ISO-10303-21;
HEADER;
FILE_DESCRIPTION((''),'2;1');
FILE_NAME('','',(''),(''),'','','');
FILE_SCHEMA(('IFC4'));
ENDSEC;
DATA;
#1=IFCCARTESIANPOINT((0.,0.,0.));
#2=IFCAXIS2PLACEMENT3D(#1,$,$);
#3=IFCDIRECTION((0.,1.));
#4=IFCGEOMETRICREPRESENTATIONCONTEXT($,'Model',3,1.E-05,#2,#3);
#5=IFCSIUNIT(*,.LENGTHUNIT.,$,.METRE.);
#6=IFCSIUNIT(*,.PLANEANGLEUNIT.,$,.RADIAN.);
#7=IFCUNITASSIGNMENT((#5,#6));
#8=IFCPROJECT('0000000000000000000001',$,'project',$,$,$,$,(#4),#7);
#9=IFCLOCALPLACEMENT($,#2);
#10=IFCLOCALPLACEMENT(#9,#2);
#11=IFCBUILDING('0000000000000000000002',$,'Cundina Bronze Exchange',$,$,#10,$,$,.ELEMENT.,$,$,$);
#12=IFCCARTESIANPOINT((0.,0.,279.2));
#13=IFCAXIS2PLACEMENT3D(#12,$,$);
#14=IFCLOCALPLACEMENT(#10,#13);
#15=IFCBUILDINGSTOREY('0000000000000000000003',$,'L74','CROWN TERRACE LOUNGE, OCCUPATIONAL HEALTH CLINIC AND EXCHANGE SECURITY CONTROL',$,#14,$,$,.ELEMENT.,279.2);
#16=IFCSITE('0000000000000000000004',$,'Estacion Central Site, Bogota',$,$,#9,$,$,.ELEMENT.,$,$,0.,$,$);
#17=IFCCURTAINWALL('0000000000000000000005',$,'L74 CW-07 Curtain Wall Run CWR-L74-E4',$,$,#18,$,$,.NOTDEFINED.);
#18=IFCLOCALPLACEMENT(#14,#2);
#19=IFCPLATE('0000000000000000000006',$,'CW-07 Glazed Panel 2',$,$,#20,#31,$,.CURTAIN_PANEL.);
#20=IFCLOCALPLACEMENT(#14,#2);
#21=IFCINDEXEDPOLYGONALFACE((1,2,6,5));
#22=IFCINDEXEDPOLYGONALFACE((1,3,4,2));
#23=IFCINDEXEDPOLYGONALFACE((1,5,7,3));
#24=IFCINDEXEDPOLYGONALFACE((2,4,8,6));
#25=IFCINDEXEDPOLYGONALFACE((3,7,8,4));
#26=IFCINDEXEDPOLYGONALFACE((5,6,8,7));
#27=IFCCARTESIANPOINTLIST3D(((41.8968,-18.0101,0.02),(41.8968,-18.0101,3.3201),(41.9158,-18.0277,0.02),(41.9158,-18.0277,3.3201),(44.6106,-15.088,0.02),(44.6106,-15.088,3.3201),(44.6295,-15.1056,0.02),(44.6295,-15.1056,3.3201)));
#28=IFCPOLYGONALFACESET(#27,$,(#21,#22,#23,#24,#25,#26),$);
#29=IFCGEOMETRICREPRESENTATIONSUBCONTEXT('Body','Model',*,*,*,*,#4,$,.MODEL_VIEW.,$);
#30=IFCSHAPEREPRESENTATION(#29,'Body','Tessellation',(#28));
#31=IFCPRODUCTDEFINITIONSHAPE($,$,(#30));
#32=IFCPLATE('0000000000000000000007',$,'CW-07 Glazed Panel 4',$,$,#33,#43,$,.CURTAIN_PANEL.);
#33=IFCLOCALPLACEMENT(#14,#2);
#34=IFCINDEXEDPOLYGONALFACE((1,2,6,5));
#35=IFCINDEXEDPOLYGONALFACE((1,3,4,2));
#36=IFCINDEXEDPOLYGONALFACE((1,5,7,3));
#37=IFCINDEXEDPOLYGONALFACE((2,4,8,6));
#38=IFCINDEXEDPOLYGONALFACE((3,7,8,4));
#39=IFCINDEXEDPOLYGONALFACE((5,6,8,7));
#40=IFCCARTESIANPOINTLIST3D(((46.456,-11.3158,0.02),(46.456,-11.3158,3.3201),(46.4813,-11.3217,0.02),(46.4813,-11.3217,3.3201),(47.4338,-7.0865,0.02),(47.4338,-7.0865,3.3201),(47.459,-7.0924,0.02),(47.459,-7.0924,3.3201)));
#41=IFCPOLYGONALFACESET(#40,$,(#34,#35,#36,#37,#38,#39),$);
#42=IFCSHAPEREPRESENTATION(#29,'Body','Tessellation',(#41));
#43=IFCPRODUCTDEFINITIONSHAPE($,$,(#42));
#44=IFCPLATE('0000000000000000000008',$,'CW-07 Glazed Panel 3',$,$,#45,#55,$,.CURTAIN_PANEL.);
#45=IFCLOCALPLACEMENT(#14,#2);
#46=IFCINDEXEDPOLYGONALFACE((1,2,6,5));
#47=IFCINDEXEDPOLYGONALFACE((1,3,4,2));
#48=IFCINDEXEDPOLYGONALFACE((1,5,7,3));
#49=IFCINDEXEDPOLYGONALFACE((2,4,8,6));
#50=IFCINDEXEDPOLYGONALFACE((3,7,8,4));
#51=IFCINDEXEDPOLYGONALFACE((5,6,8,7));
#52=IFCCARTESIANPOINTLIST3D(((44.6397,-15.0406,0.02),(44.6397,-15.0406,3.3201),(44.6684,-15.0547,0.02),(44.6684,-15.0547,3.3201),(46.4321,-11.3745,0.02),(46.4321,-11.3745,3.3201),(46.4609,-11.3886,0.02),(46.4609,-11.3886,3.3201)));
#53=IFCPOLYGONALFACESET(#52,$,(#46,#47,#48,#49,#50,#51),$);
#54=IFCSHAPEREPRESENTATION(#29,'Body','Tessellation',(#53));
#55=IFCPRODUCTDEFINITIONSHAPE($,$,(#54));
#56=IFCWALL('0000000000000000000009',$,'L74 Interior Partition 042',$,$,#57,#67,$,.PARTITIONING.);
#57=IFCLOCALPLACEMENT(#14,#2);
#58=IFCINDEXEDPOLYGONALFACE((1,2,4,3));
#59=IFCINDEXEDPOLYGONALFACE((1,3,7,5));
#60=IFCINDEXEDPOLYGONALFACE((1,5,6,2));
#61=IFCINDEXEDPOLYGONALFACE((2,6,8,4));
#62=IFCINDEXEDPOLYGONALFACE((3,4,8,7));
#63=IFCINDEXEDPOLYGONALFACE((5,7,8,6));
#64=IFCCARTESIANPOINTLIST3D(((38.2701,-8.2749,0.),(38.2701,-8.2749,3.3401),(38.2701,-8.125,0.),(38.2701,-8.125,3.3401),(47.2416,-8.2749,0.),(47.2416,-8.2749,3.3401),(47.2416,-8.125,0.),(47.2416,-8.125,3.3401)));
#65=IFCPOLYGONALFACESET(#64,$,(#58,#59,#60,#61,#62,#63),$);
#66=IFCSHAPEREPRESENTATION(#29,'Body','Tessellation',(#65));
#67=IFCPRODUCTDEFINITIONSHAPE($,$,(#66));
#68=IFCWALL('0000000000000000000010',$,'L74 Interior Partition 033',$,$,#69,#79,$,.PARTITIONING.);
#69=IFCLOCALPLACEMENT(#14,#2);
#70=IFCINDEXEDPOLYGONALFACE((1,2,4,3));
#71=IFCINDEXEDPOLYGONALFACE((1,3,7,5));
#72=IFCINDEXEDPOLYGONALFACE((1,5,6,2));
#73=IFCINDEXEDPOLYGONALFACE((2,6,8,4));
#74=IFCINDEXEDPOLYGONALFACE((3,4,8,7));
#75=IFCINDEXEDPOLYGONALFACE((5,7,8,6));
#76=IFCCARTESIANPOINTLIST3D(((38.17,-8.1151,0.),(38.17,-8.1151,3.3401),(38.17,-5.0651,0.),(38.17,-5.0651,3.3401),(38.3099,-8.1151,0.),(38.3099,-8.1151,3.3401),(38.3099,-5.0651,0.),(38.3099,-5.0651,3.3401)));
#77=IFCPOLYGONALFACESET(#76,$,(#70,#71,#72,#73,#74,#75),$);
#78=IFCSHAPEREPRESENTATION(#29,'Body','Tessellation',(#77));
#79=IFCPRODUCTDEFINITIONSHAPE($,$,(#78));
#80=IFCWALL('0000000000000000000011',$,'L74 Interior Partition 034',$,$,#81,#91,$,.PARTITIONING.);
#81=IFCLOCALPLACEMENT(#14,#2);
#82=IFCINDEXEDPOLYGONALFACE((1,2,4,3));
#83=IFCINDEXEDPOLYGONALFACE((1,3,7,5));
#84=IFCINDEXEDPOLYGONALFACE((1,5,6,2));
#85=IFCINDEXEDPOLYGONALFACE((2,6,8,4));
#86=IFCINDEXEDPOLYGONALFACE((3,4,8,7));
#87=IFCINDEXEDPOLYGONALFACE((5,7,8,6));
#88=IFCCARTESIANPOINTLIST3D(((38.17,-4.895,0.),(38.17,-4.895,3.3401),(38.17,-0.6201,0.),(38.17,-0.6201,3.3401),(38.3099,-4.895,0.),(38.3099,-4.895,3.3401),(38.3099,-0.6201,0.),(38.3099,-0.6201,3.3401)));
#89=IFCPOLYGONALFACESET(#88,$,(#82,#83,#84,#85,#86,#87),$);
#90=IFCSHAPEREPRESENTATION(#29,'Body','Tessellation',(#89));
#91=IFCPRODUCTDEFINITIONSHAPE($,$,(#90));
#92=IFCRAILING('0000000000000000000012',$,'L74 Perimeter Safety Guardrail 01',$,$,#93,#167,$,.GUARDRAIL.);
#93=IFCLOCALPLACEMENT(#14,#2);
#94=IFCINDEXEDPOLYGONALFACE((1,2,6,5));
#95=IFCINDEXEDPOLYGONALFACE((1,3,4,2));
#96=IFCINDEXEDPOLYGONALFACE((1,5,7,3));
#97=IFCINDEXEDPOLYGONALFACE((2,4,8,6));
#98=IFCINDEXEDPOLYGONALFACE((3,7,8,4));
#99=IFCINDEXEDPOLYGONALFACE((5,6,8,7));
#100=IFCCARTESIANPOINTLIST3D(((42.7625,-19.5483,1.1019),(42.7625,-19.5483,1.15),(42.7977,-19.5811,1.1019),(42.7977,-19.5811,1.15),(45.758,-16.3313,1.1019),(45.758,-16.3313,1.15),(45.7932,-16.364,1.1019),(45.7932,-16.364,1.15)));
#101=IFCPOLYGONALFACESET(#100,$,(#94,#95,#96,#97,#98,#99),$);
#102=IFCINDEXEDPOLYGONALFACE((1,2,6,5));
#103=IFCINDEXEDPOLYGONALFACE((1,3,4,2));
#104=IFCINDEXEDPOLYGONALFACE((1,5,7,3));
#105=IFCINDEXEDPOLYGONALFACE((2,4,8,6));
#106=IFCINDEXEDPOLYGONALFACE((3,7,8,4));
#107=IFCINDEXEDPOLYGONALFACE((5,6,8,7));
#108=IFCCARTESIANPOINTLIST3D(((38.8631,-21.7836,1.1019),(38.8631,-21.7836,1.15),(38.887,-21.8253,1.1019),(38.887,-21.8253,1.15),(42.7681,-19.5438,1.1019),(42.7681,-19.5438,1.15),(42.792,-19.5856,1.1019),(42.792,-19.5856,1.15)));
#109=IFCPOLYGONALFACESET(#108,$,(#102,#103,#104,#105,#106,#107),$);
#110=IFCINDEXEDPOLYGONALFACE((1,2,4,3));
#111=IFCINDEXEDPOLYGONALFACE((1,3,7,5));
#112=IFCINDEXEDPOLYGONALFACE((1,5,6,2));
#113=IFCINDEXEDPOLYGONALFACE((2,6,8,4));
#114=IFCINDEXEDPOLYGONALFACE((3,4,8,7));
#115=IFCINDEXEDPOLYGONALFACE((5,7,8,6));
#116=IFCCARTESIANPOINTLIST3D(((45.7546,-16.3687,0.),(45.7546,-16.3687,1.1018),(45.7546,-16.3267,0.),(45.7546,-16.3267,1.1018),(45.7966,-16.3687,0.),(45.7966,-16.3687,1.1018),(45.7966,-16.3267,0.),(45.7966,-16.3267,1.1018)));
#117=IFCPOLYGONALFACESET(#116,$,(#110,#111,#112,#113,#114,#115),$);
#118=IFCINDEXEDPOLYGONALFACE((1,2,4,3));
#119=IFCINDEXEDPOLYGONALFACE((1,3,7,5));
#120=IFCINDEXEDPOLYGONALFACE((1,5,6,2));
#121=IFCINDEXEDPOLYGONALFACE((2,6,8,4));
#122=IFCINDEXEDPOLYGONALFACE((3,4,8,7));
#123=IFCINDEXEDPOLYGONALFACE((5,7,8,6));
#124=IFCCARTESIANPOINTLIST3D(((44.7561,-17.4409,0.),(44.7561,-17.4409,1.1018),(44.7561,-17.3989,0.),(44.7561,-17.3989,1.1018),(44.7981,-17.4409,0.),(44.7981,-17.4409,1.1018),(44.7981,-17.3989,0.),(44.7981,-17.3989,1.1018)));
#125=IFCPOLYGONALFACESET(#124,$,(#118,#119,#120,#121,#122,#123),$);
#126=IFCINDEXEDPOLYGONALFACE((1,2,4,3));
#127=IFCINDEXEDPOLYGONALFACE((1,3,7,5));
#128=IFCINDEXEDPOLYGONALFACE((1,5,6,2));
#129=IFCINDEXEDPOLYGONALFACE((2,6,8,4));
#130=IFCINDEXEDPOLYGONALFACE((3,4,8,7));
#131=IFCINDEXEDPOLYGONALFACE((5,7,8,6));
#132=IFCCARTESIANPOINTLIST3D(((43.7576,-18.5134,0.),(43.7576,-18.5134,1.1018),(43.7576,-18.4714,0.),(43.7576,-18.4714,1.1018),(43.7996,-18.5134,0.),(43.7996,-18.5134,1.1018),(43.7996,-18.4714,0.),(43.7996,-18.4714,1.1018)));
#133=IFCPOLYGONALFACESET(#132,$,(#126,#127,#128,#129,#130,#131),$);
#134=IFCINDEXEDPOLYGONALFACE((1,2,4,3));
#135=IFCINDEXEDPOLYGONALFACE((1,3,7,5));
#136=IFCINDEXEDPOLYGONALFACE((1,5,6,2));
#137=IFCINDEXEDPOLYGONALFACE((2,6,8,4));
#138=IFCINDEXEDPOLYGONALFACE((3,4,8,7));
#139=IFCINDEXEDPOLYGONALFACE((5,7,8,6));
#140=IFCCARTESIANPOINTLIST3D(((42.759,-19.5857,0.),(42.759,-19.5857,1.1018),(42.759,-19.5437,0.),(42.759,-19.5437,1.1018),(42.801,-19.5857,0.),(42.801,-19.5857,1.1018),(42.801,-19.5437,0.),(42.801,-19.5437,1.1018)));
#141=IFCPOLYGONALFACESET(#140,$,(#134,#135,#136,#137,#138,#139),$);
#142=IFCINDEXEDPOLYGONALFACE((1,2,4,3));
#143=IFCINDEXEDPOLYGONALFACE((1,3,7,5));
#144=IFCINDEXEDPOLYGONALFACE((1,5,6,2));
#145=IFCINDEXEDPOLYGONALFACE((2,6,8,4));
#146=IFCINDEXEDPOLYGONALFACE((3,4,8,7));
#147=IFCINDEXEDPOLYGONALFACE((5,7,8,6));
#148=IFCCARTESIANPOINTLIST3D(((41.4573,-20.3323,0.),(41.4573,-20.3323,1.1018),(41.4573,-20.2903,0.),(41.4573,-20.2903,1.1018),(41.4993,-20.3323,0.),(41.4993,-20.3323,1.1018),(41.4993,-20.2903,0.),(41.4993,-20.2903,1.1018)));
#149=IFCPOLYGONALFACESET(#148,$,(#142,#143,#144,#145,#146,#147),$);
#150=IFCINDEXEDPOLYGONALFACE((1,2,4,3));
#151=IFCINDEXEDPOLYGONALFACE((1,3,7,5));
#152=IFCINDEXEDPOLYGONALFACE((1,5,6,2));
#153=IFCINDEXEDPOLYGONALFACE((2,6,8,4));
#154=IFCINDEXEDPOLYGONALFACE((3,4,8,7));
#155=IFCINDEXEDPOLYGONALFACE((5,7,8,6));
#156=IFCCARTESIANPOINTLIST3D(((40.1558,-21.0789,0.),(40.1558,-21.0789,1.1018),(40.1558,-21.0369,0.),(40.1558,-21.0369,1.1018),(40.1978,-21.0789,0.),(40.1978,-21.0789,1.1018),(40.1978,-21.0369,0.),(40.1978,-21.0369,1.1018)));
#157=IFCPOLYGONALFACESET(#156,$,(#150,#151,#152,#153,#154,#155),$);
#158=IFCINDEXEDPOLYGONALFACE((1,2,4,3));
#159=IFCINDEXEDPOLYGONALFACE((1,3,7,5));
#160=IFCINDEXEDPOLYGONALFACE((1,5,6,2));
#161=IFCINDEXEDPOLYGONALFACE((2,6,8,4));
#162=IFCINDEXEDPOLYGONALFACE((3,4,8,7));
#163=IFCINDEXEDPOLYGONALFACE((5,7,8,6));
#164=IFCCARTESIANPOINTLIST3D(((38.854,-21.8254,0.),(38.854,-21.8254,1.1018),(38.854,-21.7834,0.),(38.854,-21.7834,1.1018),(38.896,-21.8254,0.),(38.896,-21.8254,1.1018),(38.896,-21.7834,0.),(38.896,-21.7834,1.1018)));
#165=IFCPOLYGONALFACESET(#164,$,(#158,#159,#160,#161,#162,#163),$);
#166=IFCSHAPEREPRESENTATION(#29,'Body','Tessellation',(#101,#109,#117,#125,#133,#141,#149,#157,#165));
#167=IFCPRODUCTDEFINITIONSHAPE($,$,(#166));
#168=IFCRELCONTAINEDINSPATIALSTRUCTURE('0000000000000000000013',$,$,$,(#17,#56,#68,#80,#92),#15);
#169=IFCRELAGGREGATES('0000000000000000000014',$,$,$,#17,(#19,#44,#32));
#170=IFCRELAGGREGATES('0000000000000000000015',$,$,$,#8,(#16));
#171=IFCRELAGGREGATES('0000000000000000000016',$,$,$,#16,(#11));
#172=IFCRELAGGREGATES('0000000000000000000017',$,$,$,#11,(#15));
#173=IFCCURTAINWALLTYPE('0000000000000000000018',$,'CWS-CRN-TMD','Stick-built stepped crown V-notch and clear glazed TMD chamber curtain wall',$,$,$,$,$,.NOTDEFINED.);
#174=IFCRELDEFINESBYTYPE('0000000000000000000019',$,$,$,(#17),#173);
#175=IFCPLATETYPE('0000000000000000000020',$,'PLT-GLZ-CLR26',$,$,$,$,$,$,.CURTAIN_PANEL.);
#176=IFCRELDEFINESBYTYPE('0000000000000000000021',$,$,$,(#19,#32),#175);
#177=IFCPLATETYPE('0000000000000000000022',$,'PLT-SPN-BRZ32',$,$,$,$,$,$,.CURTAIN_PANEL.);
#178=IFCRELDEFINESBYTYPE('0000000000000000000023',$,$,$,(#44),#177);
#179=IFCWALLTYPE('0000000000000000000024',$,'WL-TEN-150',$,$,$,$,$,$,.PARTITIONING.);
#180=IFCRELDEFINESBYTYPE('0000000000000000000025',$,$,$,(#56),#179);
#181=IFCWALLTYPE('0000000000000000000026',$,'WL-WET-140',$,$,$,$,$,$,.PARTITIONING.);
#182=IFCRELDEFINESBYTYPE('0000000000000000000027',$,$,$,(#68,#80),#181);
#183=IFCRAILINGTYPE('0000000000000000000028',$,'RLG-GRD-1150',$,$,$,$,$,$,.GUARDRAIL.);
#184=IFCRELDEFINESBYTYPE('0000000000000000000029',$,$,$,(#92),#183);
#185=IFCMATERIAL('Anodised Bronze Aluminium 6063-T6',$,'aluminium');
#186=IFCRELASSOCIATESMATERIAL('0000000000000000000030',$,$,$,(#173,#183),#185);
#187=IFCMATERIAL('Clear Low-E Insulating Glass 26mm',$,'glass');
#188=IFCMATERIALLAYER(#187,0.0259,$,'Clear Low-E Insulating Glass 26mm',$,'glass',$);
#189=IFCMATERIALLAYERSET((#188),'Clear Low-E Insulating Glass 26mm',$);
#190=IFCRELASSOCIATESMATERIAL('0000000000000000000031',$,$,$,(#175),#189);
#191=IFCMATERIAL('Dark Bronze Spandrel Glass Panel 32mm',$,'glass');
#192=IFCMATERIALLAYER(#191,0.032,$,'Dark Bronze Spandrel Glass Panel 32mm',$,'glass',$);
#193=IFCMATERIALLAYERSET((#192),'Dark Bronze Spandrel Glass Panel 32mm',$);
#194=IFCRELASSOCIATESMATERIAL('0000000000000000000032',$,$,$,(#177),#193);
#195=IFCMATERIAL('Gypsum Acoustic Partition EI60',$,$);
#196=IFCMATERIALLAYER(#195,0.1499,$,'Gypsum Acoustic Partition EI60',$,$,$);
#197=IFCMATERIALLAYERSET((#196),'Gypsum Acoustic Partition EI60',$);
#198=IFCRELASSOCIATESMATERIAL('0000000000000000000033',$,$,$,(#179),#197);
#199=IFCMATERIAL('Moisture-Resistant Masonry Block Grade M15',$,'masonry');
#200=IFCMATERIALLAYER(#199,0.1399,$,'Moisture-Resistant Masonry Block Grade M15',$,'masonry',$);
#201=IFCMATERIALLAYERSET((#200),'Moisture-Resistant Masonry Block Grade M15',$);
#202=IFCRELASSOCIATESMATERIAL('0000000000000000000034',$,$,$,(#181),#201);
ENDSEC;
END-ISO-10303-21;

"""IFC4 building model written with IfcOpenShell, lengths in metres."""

from ifc_helpers import new_model, si_unit, direction, frame, frame_2d, origin, origin_2d, place, context, subcontext, project, spatial, rectangle, extrude, material, layer, layer_set, type_object, element, aggregate, save


model = new_model("IFC4")

# Units and contexts
model_context = context("Model", 3, precision=1e-05, world=origin(), true_north=direction((0.0, 1.0)))
body_context = subcontext(model_context, "Body", "Model", "MODEL_VIEW")
ifc_project = project(units=[si_unit("LENGTHUNIT", "METRE"), si_unit("PLANEANGLEUNIT", "RADIAN")], contexts=[model_context])

# Site, building, storey
site_placement = place(None, origin())
site = spatial("IfcSite", under=ifc_project, at=site_placement, Name="Estacion Central Site, Bogota", CompositionType="ELEMENT", RefElevation=0.0)
building_placement = place(site_placement, origin())
building = spatial("IfcBuilding", under=site, at=building_placement, Name="Cundina Bronze Exchange", CompositionType="ELEMENT")
storey_placement = place(building_placement, frame((0.0, 0.0, 279.2)))
storey = spatial("IfcBuildingStorey", under=building, at=storey_placement, Name="L74", Description="CROWN TERRACE LOUNGE, OCCUPATIONAL HEALTH CLINIC AND EXCHANGE SECURITY CONTROL", CompositionType="ELEMENT", Elevation=279.2)

# Curtain wall, plates
ifc_material_1 = material(Name="Anodised Bronze Aluminium 6063-T6", Category="aluminium")
curtain_wall_type = type_object("IfcCurtainWallType", Name="CWS-CRN-TMD", Description="Stick-built stepped crown V-notch and clear glazed TMD chamber curtain wall", PredefinedType="NOTDEFINED", material=ifc_material_1)
curtain_wall_placement = place(storey_placement, origin())
curtain_wall = element("IfcCurtainWall", 1, at=curtain_wall_placement, inside=storey, type_object=curtain_wall_type, Name="L74 CW-07 Curtain Wall Run CWR-L74-E4", PredefinedType="NOTDEFINED")
ifc_material_2 = material(Name="Clear Low-E Insulating Glass 26mm", Category="glass")
ifc_layer_1 = layer(ifc_material_2, 0.0259, Name="Clear Low-E Insulating Glass 26mm", Category="glass")
ifc_layer_set_1 = layer_set([ifc_layer_1], Name="Clear Low-E Insulating Glass 26mm")
plate_type_1 = type_object("IfcPlateType", Name="PLT-GLZ-CLR26", PredefinedType="CURTAIN_PANEL", material=ifc_layer_set_1)
plate_1_placement = place(storey_placement, frame((43.2632, -16.5579, 0.02), z_axis=(0.0, 0.0, 1.0), x_axis=(0.680503, 0.732745, 0.0)))
plate_1 = element("IfcPlate", 2, at=plate_1_placement, type_object=plate_type_1, Name="CW-07 Glazed Panel 2", PredefinedType="CURTAIN_PANEL", context=body_context, shape_type="SweptSolid", body=[
    extrude(rectangle(XDim=3.9878, YDim=0.0259, at=origin_2d()), origin(), (0.0, 0.0, 1.0), 3.3),
])
plate_2_placement = place(storey_placement, frame((46.9575, -9.2041, 0.02), z_axis=(0.0, 0.0, 1.0), x_axis=(0.22524, 0.974303, 0.0)))
plate_2 = element("IfcPlate", 3, at=plate_2_placement, type_object=plate_type_1, Name="CW-07 Glazed Panel 4", PredefinedType="CURTAIN_PANEL", context=body_context, shape_type="SweptSolid", body=[
    extrude(rectangle(XDim=4.3408, YDim=0.0259, at=origin_2d()), origin(), (0.0, 0.0, 1.0), 3.3),
])
ifc_material_3 = material(Name="Dark Bronze Spandrel Glass Panel 32mm", Category="glass")
ifc_layer_2 = layer(ifc_material_3, 0.032, Name="Dark Bronze Spandrel Glass Panel 32mm", Category="glass")
ifc_layer_set_2 = layer_set([ifc_layer_2], Name="Dark Bronze Spandrel Glass Panel 32mm")
plate_type_2 = type_object("IfcPlateType", Name="PLT-SPN-BRZ32", PredefinedType="CURTAIN_PANEL", material=ifc_layer_set_2)
plate_3_placement = place(storey_placement, frame((45.5503, -13.2146, 0.02), z_axis=(0.0, 0.0, 1.0), x_axis=(0.439234, 0.898373, 0.0)))
plate_3 = element("IfcPlate", 4, at=plate_3_placement, type_object=plate_type_2, Name="CW-07 Glazed Panel 3", PredefinedType="CURTAIN_PANEL", context=body_context, shape_type="SweptSolid", body=[
    extrude(rectangle(XDim=4.0808, YDim=0.032, at=origin_2d()), origin(), (0.0, 0.0, 1.0), 3.3),
])
aggregate(curtain_wall, [plate_1, plate_3, plate_2])

# Walls
ifc_material_4 = material(Name="Gypsum Acoustic Partition EI60")
ifc_layer_3 = layer(ifc_material_4, 0.1499, Name="Gypsum Acoustic Partition EI60")
ifc_layer_set_3 = layer_set([ifc_layer_3], Name="Gypsum Acoustic Partition EI60")
wall_type_1 = type_object("IfcWallType", Name="WL-TEN-150", PredefinedType="PARTITIONING", material=ifc_layer_set_3)
wall_1_placement = place(storey_placement, frame((38.27, -8.2, 0.0), z_axis=(0.0, 0.0, 1.0), x_axis=(1.0, 0.0, 0.0)))
element("IfcWall", 5, at=wall_1_placement, inside=storey, type_object=wall_type_1, Name="L74 Interior Partition 042", PredefinedType="PARTITIONING", context=body_context, shape_type="SweptSolid", body=[
    extrude(rectangle(XDim=8.9714, YDim=0.1499, at=frame_2d((4.4858, 0.0))), origin(), (0.0, 0.0, 1.0), 3.3401),
])
ifc_material_5 = material(Name="Moisture-Resistant Masonry Block Grade M15", Category="masonry")
ifc_layer_4 = layer(ifc_material_5, 0.1399, Name="Moisture-Resistant Masonry Block Grade M15", Category="masonry")
ifc_layer_set_4 = layer_set([ifc_layer_4], Name="Moisture-Resistant Masonry Block Grade M15")
wall_type_2 = type_object("IfcWallType", Name="WL-WET-140", PredefinedType="PARTITIONING", material=ifc_layer_set_4)
wall_2_placement = place(storey_placement, frame((38.24, -8.115, 0.0), z_axis=(0.0, 0.0, 1.0), x_axis=(0.0, 1.0, 0.0)))
element("IfcWall", 6, at=wall_2_placement, inside=storey, type_object=wall_type_2, Name="L74 Interior Partition 033", PredefinedType="PARTITIONING", context=body_context, shape_type="SweptSolid", body=[
    extrude(rectangle(XDim=3.05, YDim=0.1399, at=frame_2d((1.5249, 0.0))), origin(), (0.0, 0.0, 1.0), 3.3401),
])
wall_3_placement = place(storey_placement, frame((38.24, -4.895, 0.0), z_axis=(0.0, 0.0, 1.0), x_axis=(0.0, 1.0, 0.0)))
element("IfcWall", 7, at=wall_3_placement, inside=storey, type_object=wall_type_2, Name="L74 Interior Partition 034", PredefinedType="PARTITIONING", context=body_context, shape_type="SweptSolid", body=[
    extrude(rectangle(XDim=4.2749, YDim=0.1399, at=frame_2d((2.1375, 0.0))), origin(), (0.0, 0.0, 1.0), 3.3401),
])

# Railing
railing_type = type_object("IfcRailingType", Name="RLG-GRD-1150", PredefinedType="GUARDRAIL", material=ifc_material_1)
railing_1_placement = place(storey_placement, frame((45.7756, -16.3477, 0.0)))
element("IfcRailing", 8, at=railing_1_placement, inside=storey, type_object=railing_type, Name="L74 Perimeter Safety Guardrail 01", PredefinedType="GUARDRAIL", context=body_context, shape_type="SweptSolid", body=[
    extrude(rectangle(XDim=0.0481, YDim=0.0481, at=origin_2d()), frame((0.0, 0.0, 1.126), z_axis=(-0.681471, -0.731845, 0.0), x_axis=(0.731845, -0.681471, 0.0)), (0.0, 0.0, 1.0), 4.3958),
    extrude(rectangle(XDim=0.0481, YDim=0.0481, at=origin_2d()), frame((-2.9956, -3.217, 1.126), z_axis=(-0.867448, -0.497528, 0.0), x_axis=(0.497528, -0.867448, 0.0)), (0.0, 0.0, 1.0), 4.5017),
    extrude(rectangle(XDim=0.042, YDim=0.042, at=origin_2d()), origin(), (0.0, 0.0, 1.0), 1.1018),
    extrude(rectangle(XDim=0.042, YDim=0.042, at=origin_2d()), frame((-0.9985, -1.0723, 0.0)), (0.0, 0.0, 1.0), 1.1018),
    extrude(rectangle(XDim=0.042, YDim=0.042, at=origin_2d()), frame((-1.9971, -2.1448, 0.0)), (0.0, 0.0, 1.0), 1.1018),
    extrude(rectangle(XDim=0.042, YDim=0.042, at=origin_2d()), frame((-2.9956, -3.217, 0.0)), (0.0, 0.0, 1.0), 1.1018),
    extrude(rectangle(XDim=0.042, YDim=0.042, at=origin_2d()), frame((-4.2974, -3.9636, 0.0)), (0.0, 0.0, 1.0), 1.1018),
    extrude(rectangle(XDim=0.042, YDim=0.042, at=origin_2d()), frame((-5.5989, -4.7102, 0.0)), (0.0, 0.0, 1.0), 1.1018),
    extrude(rectangle(XDim=0.042, YDim=0.042, at=origin_2d()), frame((-6.9006, -5.4568, 0.0)), (0.0, 0.0, 1.0), 1.1018),
])

save(model, "model.ifc")
